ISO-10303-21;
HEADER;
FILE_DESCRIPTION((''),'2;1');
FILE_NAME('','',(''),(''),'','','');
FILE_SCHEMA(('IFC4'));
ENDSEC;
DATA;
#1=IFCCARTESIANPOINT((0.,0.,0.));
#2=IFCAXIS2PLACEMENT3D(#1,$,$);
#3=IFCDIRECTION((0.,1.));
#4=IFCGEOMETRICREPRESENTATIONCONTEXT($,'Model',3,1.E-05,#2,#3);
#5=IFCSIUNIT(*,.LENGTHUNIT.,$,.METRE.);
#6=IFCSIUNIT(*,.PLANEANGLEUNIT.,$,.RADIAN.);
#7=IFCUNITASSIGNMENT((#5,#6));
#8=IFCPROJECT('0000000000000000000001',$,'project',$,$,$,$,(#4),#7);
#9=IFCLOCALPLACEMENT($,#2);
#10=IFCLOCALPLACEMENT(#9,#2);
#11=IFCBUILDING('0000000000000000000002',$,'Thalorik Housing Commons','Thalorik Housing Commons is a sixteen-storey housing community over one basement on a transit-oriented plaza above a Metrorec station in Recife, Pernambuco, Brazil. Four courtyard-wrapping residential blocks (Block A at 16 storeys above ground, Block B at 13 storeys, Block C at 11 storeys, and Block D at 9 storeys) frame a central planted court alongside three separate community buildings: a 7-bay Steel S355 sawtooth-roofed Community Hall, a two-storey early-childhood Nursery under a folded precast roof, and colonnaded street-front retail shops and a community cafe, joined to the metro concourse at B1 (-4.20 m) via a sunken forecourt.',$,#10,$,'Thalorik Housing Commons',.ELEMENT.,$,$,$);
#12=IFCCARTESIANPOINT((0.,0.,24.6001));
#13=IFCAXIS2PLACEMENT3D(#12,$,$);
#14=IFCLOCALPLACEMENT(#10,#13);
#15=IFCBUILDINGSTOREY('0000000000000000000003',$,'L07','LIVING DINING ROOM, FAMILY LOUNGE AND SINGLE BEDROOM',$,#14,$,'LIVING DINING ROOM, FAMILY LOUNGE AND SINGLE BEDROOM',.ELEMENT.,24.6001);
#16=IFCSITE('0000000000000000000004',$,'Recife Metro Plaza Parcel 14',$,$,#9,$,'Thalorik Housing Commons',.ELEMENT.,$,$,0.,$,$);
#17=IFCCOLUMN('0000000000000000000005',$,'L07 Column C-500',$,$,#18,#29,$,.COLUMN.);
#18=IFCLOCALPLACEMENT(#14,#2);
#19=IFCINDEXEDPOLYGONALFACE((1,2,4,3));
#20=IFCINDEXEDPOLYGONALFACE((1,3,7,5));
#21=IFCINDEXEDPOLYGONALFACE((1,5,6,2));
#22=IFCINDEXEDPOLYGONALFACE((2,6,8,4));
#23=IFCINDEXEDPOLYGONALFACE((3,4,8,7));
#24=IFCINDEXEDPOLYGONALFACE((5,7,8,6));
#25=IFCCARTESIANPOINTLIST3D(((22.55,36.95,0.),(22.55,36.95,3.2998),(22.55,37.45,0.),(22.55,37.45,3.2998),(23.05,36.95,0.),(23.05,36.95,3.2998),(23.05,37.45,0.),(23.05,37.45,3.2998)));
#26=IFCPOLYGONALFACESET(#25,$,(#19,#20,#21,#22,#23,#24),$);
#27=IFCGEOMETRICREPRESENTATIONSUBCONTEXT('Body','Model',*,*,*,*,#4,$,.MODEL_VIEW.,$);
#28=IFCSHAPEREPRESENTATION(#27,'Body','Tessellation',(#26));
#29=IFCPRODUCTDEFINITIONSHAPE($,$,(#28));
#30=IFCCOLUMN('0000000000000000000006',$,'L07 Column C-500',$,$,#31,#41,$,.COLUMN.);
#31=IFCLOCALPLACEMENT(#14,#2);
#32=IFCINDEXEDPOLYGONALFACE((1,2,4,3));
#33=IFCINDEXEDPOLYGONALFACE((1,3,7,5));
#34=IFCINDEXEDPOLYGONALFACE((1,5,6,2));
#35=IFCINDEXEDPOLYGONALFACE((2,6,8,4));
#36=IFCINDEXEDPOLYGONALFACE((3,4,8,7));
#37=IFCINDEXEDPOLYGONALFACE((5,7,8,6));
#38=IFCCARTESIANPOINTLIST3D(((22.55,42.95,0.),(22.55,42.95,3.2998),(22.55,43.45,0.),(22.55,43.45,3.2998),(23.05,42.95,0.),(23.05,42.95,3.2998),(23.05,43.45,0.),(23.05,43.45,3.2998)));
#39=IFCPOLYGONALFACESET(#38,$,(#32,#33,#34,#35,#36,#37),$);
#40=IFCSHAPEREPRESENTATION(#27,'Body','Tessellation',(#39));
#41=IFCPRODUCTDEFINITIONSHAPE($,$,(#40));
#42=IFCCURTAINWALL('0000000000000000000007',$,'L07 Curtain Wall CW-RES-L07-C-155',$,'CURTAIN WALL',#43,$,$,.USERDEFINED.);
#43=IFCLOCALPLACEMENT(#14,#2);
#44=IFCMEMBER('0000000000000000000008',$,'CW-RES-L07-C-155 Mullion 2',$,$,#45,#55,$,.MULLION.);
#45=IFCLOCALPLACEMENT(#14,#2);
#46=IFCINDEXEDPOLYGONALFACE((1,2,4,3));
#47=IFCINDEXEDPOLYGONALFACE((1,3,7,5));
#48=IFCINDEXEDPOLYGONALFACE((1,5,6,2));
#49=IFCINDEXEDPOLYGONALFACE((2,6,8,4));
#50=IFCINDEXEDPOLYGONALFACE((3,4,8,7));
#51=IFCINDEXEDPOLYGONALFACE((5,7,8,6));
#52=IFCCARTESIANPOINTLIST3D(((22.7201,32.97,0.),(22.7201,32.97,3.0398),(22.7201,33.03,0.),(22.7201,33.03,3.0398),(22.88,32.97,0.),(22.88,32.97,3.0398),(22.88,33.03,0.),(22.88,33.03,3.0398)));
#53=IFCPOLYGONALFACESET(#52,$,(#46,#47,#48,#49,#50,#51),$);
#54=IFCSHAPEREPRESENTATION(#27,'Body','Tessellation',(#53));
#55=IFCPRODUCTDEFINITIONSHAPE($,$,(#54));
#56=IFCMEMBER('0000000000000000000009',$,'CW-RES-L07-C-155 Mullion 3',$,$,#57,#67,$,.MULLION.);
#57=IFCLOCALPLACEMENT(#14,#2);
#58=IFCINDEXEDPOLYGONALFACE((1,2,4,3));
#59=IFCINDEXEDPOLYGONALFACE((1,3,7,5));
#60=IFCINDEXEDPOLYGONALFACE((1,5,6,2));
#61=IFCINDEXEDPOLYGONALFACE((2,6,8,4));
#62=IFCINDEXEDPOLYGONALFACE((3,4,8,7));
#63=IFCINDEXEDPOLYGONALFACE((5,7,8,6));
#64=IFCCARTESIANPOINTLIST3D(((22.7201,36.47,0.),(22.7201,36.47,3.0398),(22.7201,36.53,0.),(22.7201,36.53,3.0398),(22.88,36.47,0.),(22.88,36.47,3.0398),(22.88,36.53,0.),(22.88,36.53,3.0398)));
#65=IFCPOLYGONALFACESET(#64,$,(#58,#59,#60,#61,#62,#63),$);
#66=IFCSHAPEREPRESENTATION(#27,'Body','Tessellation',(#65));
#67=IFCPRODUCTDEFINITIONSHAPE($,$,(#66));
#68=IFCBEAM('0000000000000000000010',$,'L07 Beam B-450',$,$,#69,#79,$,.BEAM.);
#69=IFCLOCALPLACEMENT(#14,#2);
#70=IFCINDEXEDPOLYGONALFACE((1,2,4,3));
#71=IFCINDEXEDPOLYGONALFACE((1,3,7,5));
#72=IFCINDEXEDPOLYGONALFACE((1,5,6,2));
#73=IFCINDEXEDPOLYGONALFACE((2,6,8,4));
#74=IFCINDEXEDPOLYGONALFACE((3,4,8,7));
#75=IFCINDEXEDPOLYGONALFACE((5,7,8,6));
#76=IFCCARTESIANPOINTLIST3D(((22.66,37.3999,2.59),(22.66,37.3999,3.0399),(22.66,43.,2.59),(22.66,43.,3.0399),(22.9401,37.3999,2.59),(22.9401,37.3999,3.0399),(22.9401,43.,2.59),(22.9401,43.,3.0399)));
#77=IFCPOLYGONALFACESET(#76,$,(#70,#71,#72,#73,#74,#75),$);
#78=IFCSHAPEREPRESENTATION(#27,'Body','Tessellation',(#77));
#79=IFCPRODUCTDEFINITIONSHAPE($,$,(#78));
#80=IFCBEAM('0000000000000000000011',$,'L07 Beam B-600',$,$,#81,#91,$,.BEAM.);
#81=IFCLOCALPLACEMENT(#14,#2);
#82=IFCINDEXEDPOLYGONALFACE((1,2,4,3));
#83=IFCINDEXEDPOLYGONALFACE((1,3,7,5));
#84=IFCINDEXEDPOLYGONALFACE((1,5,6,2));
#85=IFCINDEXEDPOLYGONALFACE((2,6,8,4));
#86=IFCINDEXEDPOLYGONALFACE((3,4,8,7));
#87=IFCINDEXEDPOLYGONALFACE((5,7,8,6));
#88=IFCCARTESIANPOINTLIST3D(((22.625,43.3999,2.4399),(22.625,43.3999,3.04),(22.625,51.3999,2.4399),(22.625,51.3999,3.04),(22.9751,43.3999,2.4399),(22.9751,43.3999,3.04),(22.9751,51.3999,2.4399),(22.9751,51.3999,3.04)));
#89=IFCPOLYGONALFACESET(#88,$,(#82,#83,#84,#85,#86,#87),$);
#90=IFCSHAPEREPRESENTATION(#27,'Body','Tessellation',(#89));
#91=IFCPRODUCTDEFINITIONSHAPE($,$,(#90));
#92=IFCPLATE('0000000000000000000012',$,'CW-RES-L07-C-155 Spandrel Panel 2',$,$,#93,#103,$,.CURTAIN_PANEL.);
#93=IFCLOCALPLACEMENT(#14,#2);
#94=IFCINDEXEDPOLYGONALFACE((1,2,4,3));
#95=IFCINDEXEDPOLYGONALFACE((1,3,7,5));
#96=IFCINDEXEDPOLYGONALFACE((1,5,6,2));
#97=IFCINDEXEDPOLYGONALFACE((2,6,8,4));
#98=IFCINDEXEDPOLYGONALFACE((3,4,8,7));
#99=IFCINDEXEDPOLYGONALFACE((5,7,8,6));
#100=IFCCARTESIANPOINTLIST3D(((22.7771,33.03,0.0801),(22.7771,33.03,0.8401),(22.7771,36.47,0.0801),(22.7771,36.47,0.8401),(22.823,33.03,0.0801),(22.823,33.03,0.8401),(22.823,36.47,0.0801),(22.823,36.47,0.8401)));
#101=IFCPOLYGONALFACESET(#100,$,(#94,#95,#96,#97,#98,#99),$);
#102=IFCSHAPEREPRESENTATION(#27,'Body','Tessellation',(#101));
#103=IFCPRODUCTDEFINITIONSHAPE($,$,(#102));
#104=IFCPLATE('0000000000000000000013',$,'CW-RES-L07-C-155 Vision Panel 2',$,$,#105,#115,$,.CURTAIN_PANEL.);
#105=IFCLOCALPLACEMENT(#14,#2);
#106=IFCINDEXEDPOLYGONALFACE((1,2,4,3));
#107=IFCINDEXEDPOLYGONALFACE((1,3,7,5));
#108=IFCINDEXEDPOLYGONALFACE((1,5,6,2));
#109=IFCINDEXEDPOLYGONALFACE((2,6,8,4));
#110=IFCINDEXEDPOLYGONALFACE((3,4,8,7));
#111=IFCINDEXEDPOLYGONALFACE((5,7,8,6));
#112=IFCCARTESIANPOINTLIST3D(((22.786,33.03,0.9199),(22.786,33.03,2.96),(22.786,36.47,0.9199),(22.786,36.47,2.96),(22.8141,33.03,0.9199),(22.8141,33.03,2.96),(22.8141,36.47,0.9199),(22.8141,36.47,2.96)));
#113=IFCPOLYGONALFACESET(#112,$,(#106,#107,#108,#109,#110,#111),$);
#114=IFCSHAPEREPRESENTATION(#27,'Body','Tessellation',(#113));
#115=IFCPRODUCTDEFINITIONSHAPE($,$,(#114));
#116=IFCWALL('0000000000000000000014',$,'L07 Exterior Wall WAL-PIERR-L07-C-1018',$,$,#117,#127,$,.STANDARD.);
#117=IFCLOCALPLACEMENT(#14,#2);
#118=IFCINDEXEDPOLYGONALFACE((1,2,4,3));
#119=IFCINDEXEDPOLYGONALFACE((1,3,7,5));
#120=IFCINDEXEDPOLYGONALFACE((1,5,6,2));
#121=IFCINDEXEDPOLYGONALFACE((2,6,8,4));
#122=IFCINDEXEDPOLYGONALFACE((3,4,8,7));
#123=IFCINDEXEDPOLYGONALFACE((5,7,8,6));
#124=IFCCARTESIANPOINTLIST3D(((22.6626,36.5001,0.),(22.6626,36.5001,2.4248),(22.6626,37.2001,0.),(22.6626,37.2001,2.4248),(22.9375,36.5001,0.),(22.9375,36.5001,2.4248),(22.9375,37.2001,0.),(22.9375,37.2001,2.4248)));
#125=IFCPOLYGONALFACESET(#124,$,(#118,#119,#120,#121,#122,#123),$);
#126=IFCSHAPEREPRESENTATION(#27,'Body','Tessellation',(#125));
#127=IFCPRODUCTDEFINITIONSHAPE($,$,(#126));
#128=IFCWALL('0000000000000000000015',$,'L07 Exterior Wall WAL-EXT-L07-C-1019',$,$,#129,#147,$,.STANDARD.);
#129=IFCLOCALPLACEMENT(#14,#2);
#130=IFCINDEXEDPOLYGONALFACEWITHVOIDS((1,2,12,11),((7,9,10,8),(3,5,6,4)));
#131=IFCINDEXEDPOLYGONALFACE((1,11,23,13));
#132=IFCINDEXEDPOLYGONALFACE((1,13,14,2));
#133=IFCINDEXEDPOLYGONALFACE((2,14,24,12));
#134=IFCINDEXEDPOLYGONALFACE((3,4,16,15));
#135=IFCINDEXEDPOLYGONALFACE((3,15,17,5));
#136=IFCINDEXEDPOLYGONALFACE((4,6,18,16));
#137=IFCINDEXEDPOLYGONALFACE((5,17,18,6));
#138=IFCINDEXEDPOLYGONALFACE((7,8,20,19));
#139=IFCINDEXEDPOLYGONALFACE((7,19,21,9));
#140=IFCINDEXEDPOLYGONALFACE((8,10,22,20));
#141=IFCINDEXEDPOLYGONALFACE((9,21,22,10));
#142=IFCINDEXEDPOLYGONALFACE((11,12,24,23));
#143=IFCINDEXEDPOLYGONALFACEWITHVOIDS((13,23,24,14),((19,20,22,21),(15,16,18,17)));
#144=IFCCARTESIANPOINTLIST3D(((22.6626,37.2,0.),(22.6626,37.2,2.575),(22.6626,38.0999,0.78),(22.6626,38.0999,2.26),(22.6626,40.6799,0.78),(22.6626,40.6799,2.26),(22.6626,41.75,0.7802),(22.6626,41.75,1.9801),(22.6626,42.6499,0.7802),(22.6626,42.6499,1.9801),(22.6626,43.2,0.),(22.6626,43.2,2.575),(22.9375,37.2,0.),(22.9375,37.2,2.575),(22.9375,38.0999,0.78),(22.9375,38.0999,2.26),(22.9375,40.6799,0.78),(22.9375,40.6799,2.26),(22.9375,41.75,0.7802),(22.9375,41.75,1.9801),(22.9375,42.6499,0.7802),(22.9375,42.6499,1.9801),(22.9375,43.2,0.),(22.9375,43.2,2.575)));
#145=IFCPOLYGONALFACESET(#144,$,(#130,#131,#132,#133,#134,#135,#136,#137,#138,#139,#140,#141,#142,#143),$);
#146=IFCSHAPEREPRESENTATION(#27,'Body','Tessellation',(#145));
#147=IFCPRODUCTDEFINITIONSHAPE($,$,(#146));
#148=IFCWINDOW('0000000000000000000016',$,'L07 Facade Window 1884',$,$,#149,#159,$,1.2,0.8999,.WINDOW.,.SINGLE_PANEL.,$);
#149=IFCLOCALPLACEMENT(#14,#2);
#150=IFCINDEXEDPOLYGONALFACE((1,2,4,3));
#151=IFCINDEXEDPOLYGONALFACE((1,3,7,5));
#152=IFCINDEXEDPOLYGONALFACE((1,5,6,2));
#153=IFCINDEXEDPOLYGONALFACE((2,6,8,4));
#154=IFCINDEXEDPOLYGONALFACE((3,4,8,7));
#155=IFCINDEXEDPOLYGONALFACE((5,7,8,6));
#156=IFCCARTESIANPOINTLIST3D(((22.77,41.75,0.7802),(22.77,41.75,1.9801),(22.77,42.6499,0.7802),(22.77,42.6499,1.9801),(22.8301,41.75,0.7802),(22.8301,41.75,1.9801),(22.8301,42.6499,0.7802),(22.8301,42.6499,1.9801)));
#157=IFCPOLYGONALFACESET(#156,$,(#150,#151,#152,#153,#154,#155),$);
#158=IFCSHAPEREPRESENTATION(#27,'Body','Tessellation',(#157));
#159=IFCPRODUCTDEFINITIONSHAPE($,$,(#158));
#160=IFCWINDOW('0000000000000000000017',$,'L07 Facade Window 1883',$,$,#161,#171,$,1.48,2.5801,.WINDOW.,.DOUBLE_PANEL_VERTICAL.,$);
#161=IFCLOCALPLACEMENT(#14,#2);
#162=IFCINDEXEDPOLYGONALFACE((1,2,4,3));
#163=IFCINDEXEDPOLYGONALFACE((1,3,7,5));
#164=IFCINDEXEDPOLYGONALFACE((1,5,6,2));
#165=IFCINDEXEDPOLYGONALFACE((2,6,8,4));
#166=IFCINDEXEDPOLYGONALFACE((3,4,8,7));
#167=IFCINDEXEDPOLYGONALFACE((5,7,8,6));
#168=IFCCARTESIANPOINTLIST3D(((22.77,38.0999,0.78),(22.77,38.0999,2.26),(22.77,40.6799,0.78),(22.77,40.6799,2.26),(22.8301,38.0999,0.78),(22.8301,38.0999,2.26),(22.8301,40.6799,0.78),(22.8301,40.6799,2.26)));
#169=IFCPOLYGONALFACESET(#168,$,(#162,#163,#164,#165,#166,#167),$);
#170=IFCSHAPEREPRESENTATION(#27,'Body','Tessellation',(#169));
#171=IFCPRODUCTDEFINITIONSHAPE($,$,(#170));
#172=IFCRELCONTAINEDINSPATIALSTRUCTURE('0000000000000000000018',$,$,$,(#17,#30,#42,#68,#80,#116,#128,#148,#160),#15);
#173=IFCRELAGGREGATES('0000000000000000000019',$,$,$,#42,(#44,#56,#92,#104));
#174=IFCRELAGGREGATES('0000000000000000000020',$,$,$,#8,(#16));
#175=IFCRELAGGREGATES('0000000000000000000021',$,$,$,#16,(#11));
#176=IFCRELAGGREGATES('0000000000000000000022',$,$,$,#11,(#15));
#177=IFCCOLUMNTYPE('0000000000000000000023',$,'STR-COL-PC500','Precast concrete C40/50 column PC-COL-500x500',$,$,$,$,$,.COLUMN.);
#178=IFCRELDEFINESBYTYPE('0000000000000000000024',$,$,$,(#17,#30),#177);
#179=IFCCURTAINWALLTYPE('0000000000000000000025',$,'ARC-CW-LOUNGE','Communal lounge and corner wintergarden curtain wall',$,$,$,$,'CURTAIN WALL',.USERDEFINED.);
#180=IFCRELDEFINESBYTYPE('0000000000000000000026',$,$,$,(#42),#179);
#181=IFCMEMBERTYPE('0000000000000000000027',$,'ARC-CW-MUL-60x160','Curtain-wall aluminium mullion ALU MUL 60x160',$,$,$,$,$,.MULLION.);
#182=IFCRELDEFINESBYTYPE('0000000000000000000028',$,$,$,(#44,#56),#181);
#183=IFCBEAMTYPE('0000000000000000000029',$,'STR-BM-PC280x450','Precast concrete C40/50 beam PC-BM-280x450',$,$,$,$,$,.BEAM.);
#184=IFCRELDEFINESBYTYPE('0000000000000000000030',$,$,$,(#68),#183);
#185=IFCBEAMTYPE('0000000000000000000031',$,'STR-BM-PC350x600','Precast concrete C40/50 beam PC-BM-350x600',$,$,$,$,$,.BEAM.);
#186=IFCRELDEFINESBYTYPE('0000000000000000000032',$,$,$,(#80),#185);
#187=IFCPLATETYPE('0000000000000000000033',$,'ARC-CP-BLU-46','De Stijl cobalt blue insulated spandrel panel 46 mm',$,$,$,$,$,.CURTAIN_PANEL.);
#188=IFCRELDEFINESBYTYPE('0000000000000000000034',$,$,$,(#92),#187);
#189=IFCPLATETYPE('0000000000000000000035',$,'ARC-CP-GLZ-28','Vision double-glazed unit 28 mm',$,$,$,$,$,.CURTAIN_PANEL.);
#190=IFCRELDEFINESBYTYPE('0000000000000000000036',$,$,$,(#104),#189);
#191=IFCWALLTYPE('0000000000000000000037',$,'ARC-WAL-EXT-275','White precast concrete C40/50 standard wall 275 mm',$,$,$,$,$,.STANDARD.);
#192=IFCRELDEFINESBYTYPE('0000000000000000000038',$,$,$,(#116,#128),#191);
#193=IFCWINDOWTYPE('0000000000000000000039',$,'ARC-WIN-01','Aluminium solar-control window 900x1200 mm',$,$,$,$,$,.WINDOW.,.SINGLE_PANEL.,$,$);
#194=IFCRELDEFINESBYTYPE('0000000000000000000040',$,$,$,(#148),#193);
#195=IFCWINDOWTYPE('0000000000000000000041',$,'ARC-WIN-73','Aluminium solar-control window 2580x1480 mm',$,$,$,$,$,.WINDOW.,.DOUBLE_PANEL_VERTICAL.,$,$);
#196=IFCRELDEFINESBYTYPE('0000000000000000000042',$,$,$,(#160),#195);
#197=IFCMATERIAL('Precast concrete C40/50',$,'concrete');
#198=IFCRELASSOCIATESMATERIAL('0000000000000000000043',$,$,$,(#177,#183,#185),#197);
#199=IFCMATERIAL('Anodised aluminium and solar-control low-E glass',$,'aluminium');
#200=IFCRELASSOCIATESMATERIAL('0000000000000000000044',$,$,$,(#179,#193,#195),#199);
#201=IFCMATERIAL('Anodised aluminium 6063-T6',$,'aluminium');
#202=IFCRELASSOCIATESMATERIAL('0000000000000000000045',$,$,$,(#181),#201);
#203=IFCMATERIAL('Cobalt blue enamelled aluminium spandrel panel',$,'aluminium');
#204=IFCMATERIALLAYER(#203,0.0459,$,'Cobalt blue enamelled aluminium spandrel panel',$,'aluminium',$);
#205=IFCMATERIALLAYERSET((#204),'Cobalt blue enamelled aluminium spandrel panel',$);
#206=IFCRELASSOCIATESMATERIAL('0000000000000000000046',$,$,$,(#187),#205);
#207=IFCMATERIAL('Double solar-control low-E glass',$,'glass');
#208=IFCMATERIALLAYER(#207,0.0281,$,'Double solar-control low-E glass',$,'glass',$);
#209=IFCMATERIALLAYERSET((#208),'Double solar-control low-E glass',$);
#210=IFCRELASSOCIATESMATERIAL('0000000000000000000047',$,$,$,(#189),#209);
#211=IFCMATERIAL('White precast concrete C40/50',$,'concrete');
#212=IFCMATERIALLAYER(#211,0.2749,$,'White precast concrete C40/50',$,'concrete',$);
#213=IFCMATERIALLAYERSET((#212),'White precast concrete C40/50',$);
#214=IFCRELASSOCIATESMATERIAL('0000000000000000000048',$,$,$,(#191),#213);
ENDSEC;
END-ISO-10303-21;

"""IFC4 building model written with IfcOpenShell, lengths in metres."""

from ifc_helpers import new_model, si_unit, direction, frame, frame_2d, origin, origin_2d, place, context, subcontext, project, spatial, rectangle, extrude, material, layer, layer_set, material_profile, profile_set, type_object, element, fill, aggregate, save


model = new_model("IFC4")

# Units and contexts
model_context = context("Model", 3, precision=1e-05, world=origin(), true_north=direction((0.0, 1.0)))
body_context = subcontext(model_context, "Body", "Model", "MODEL_VIEW")
ifc_project = project(units=[si_unit("LENGTHUNIT", "METRE"), si_unit("PLANEANGLEUNIT", "RADIAN")], contexts=[model_context])

# Site, building, storey
site_placement = place(None, origin())
site = spatial("IfcSite", under=ifc_project, at=site_placement, Name="Recife Metro Plaza Parcel 14", LongName="Thalorik Housing Commons", CompositionType="ELEMENT", RefElevation=0.0)
building_placement = place(site_placement, origin())
building = spatial("IfcBuilding", under=site, at=building_placement, Name="Thalorik Housing Commons", Description="Thalorik Housing Commons is a sixteen-storey housing community over one basement on a transit-oriented plaza above a Metrorec station in Recife, Pernambuco, Brazil. Four courtyard-wrapping residential blocks (Block A at 16 storeys above ground, Block B at 13 storeys, Block C at 11 storeys, and Block D at 9 storeys) frame a central planted court alongside three separate community buildings: a 7-bay Steel S355 sawtooth-roofed Community Hall, a two-storey early-childhood Nursery under a folded precast roof, and colonnaded street-front retail shops and a community cafe, joined to the metro concourse at B1 (-4.20 m) via a sunken forecourt.", LongName="Thalorik Housing Commons", CompositionType="ELEMENT")
storey_placement = place(building_placement, frame((0.0, 0.0, 24.6001)))
storey = spatial("IfcBuildingStorey", under=building, at=storey_placement, Name="L07", Description="LIVING DINING ROOM, FAMILY LOUNGE AND SINGLE BEDROOM", LongName="LIVING DINING ROOM, FAMILY LOUNGE AND SINGLE BEDROOM", CompositionType="ELEMENT", Elevation=24.6001)

# Columns
ifc_material_1 = material(Name="Precast concrete C40/50", Category="concrete")
ifc_material_profile_1 = material_profile(ifc_material_1, rectangle(XDim=0.5, YDim=0.5, at=origin_2d()), Name="PC 500x500", Category="concrete")
ifc_profile_set_1 = profile_set([ifc_material_profile_1], Name="Precast concrete C40/50")
column_type = type_object("IfcColumnType", Name="STR-COL-PC500", Description="Precast concrete C40/50 column PC-COL-500x500", PredefinedType="COLUMN", material=ifc_profile_set_1)
for number, where, z_axis, x_axis, name in (
    (1, (22.8, 37.2, 0.0), (0.0, 0.0, 1.0), (1.0, 0.0, 0.0), "L07 Column C-500"),
    (2, (22.8, 43.2, 0.0), (0.0, 0.0, 1.0), (1.0, 0.0, 0.0), "L07 Column C-500"),
):
    element("IfcColumn", number, at=place(storey_placement, frame(where, z_axis=z_axis, x_axis=x_axis)), inside=storey, type_object=column_type, Name=name, PredefinedType="COLUMN", context=body_context, shape_type="SweptSolid", body=[
        extrude(rectangle(XDim=0.5, YDim=0.5, at=origin_2d()), origin(), (0.0, 0.0, 1.0), 3.2998),
    ])

# Curtain wall, members
ifc_material_2 = material(Name="Anodised aluminium and solar-control low-E glass", Category="aluminium")
curtain_wall_type = type_object("IfcCurtainWallType", Name="ARC-CW-LOUNGE", Description="Communal lounge and corner wintergarden curtain wall", ElementType="CURTAIN WALL", PredefinedType="USERDEFINED", material=ifc_material_2)
curtain_wall_placement = place(storey_placement, origin())
curtain_wall = element("IfcCurtainWall", 3, at=curtain_wall_placement, inside=storey, type_object=curtain_wall_type, Name="L07 Curtain Wall CW-RES-L07-C-155", ObjectType="CURTAIN WALL", PredefinedType="USERDEFINED")
ifc_material_3 = material(Name="Anodised aluminium 6063-T6", Category="aluminium")
ifc_material_profile_2 = material_profile(ifc_material_3, rectangle(XDim=0.0601, YDim=0.1599, at=origin_2d()), Name="ALU MUL 60x160", Category="aluminium")
ifc_profile_set_2 = profile_set([ifc_material_profile_2], Name="Anodised aluminium 6063-T6")
member_type = type_object("IfcMemberType", Name="ARC-CW-MUL-60x160", Description="Curtain-wall aluminium mullion ALU MUL 60x160", PredefinedType="MULLION", material=ifc_profile_set_2)
member_1_placement = place(storey_placement, frame((22.8, 33.0, 0.0), z_axis=(0.0, 0.0, 1.0), x_axis=(0.0, 1.0, 0.0)))
member_1 = element("IfcMember", 4, at=member_1_placement, type_object=member_type, Name="CW-RES-L07-C-155 Mullion 2", PredefinedType="MULLION", context=body_context, shape_type="SweptSolid", body=[
    extrude(rectangle(XDim=0.0601, YDim=0.1599, at=origin_2d()), origin(), (0.0, 0.0, 1.0), 3.0398),
])
member_2_placement = place(storey_placement, frame((22.8, 36.5, 0.0), z_axis=(0.0, 0.0, 1.0), x_axis=(0.0, 1.0, 0.0)))
member_2 = element("IfcMember", 5, at=member_2_placement, type_object=member_type, Name="CW-RES-L07-C-155 Mullion 3", PredefinedType="MULLION", context=body_context, shape_type="SweptSolid", body=[
    extrude(rectangle(XDim=0.0601, YDim=0.1599, at=origin_2d()), origin(), (0.0, 0.0, 1.0), 3.0398),
])

# Beams
ifc_material_profile_3 = material_profile(ifc_material_1, rectangle(XDim=0.28, YDim=0.45, at=origin_2d()), Name="PC 280x450", Category="concrete")
ifc_profile_set_3 = profile_set([ifc_material_profile_3], Name="Precast concrete C40/50")
beam_type_1 = type_object("IfcBeamType", Name="STR-BM-PC280x450", Description="Precast concrete C40/50 beam PC-BM-280x450", PredefinedType="BEAM", material=ifc_profile_set_3)
beam_1_placement = place(storey_placement, frame((22.8, 37.3999, 2.8149), z_axis=(0.0, 1.0, 0.0), x_axis=(-1.0, 0.0, 0.0)))
element("IfcBeam", 6, at=beam_1_placement, inside=storey, type_object=beam_type_1, Name="L07 Beam B-450", PredefinedType="BEAM", context=body_context, shape_type="SweptSolid", body=[
    extrude(rectangle(XDim=0.28, YDim=0.45, at=origin_2d()), origin(), (0.0, 0.0, 1.0), 5.6001),
])
ifc_material_profile_4 = material_profile(ifc_material_1, rectangle(XDim=0.3501, YDim=0.6001, at=origin_2d()), Name="PC 350x600", Category="concrete")
ifc_profile_set_4 = profile_set([ifc_material_profile_4], Name="Precast concrete C40/50")
beam_type_2 = type_object("IfcBeamType", Name="STR-BM-PC350x600", Description="Precast concrete C40/50 beam PC-BM-350x600", PredefinedType="BEAM", material=ifc_profile_set_4)
beam_2_placement = place(storey_placement, frame((22.8, 43.3999, 2.74), z_axis=(0.0, 1.0, 0.0), x_axis=(-1.0, 0.0, 0.0)))
element("IfcBeam", 7, at=beam_2_placement, inside=storey, type_object=beam_type_2, Name="L07 Beam B-600", PredefinedType="BEAM", context=body_context, shape_type="SweptSolid", body=[
    extrude(rectangle(XDim=0.3501, YDim=0.6001, at=origin_2d()), origin(), (0.0, 0.0, 1.0), 8.0),
])

# Plates
ifc_material_4 = material(Name="Cobalt blue enamelled aluminium spandrel panel", Category="aluminium")
ifc_layer_1 = layer(ifc_material_4, 0.0459, Name="Cobalt blue enamelled aluminium spandrel panel", Category="aluminium")
ifc_layer_set_1 = layer_set([ifc_layer_1], Name="Cobalt blue enamelled aluminium spandrel panel")
plate_type_1 = type_object("IfcPlateType", Name="ARC-CP-BLU-46", Description="De Stijl cobalt blue insulated spandrel panel 46 mm", PredefinedType="CURTAIN_PANEL", material=ifc_layer_set_1)
plate_1_placement = place(storey_placement, frame((22.8, 34.75, 0.0801), z_axis=(0.0, 0.0, 1.0), x_axis=(0.0, 1.0, 0.0)))
plate_1 = element("IfcPlate", 8, at=plate_1_placement, type_object=plate_type_1, Name="CW-RES-L07-C-155 Spandrel Panel 2", PredefinedType="CURTAIN_PANEL", context=body_context, shape_type="SweptSolid", body=[
    extrude(rectangle(XDim=3.4399, YDim=0.0459, at=origin_2d()), origin(), (0.0, 0.0, 1.0), 0.76),
])
ifc_material_5 = material(Name="Double solar-control low-E glass", Category="glass")
ifc_layer_2 = layer(ifc_material_5, 0.0281, Name="Double solar-control low-E glass", Category="glass")
ifc_layer_set_2 = layer_set([ifc_layer_2], Name="Double solar-control low-E glass")
plate_type_2 = type_object("IfcPlateType", Name="ARC-CP-GLZ-28", Description="Vision double-glazed unit 28 mm", PredefinedType="CURTAIN_PANEL", material=ifc_layer_set_2)
plate_2_placement = place(storey_placement, frame((22.8, 34.75, 0.9199), z_axis=(0.0, 0.0, 1.0), x_axis=(0.0, 1.0, 0.0)))
plate_2 = element("IfcPlate", 9, at=plate_2_placement, type_object=plate_type_2, Name="CW-RES-L07-C-155 Vision Panel 2", PredefinedType="CURTAIN_PANEL", context=body_context, shape_type="SweptSolid", body=[
    extrude(rectangle(XDim=3.4399, YDim=0.0281, at=origin_2d()), origin(), (0.0, 0.0, 1.0), 2.04),
])
aggregate(curtain_wall, [member_1, member_2, plate_1, plate_2])

# Wall
ifc_material_6 = material(Name="White precast concrete C40/50", Category="concrete")
ifc_layer_3 = layer(ifc_material_6, 0.2749, Name="White precast concrete C40/50", Category="concrete")
ifc_layer_set_3 = layer_set([ifc_layer_3], Name="White precast concrete C40/50")
wall_type_1 = type_object("IfcWallType", Name="ARC-WAL-EXT-275", Description="White precast concrete C40/50 standard wall 275 mm", PredefinedType="STANDARD", material=ifc_layer_set_3)
wall_1_placement = place(storey_placement, frame((22.8, 36.5, 0.0), z_axis=(0.0, 0.0, 1.0), x_axis=(0.0, 1.0, 0.0)))
element("IfcWall", 10, at=wall_1_placement, inside=storey, type_object=wall_type_1, Name="L07 Exterior Wall WAL-PIERR-L07-C-1018", PredefinedType="STANDARD", context=body_context, shape_type="SweptSolid", body=[
    extrude(rectangle(XDim=0.7, YDim=0.2749, at=frame_2d((0.3501, 0.0))), origin(), (0.0, 0.0, 1.0), 2.4248),
])

# Wall, openings, windows
wall_2_placement = place(storey_placement, frame((22.8, 37.2, 0.0), z_axis=(0.0, 0.0, 1.0), x_axis=(0.0, 1.0, 0.0)))
wall_2 = element("IfcWall", 11, at=wall_2_placement, inside=storey, type_object=wall_type_1, Name="L07 Exterior Wall WAL-EXT-L07-C-1019", PredefinedType="STANDARD", context=body_context, shape_type="SweptSolid", body=[
    extrude(rectangle(XDim=6.0, YDim=0.2749, at=frame_2d((3.0, 0.0))), origin(), (0.0, 0.0, 1.0), 2.575),
])
opening_1_placement = place(wall_2_placement, frame((0.8999, 0.0, 0.78)))
opening_1 = element("IfcOpeningElement", 12, at=opening_1_placement, cuts=wall_2, PredefinedType="OPENING", context=body_context, shape_type="SweptSolid", body=[
    extrude(rectangle(XDim=2.5801, YDim=1.48, at=frame_2d((1.29, 0.74))), frame((0.0, 0.1475, 0.0), z_axis=(0.0, -1.0, 0.0), x_axis=(1.0, 0.0, 0.0)), (0.0, 0.0, 1.0), 0.2949),
])
opening_2_placement = place(wall_2_placement, frame((4.55, 0.0, 0.78)))
opening_2 = element("IfcOpeningElement", 13, at=opening_2_placement, cuts=wall_2, PredefinedType="OPENING", context=body_context, shape_type="SweptSolid", body=[
    extrude(rectangle(XDim=0.8999, YDim=1.2, at=frame_2d((0.45, 0.6001))), frame((0.0, 0.1475, 0.0), z_axis=(0.0, -1.0, 0.0), x_axis=(1.0, 0.0, 0.0)), (0.0, 0.0, 1.0), 0.2949),
])
window_type_1 = type_object("IfcWindowType", Name="ARC-WIN-01", Description="Aluminium solar-control window 900x1200 mm", PartitioningType="SINGLE_PANEL", PredefinedType="WINDOW", material=ifc_material_2)
window_1_placement = place(opening_2_placement, origin())
window_1 = element("IfcWindow", 14, at=window_1_placement, inside=storey, type_object=window_type_1, Name="L07 Facade Window 1884", OverallHeight=1.2, OverallWidth=0.8999, PartitioningType="SINGLE_PANEL", PredefinedType="WINDOW", context=body_context, shape_type="SweptSolid", body=[
    extrude(rectangle(XDim=0.8999, YDim=1.2, at=frame_2d((0.45, 0.6001))), frame((0.0, 0.03, 0.0), z_axis=(0.0, -1.0, 0.0), x_axis=(1.0, 0.0, 0.0)), (0.0, 0.0, 1.0), 0.0601),
])
fill(opening_2, window_1)
window_type_2 = type_object("IfcWindowType", Name="ARC-WIN-73", Description="Aluminium solar-control window 2580x1480 mm", PartitioningType="DOUBLE_PANEL_VERTICAL", PredefinedType="WINDOW", material=ifc_material_2)
window_2_placement = place(opening_1_placement, origin())
window_2 = element("IfcWindow", 15, at=window_2_placement, inside=storey, type_object=window_type_2, Name="L07 Facade Window 1883", OverallHeight=1.48, OverallWidth=2.5801, PartitioningType="DOUBLE_PANEL_VERTICAL", PredefinedType="WINDOW", context=body_context, shape_type="SweptSolid", body=[
    extrude(rectangle(XDim=2.5801, YDim=1.48, at=frame_2d((1.29, 0.74))), frame((0.0, 0.03, 0.0), z_axis=(0.0, -1.0, 0.0), x_axis=(1.0, 0.0, 0.0)), (0.0, 0.0, 1.0), 0.0601),
])
fill(opening_1, window_2)

save(model, "model.ifc")
